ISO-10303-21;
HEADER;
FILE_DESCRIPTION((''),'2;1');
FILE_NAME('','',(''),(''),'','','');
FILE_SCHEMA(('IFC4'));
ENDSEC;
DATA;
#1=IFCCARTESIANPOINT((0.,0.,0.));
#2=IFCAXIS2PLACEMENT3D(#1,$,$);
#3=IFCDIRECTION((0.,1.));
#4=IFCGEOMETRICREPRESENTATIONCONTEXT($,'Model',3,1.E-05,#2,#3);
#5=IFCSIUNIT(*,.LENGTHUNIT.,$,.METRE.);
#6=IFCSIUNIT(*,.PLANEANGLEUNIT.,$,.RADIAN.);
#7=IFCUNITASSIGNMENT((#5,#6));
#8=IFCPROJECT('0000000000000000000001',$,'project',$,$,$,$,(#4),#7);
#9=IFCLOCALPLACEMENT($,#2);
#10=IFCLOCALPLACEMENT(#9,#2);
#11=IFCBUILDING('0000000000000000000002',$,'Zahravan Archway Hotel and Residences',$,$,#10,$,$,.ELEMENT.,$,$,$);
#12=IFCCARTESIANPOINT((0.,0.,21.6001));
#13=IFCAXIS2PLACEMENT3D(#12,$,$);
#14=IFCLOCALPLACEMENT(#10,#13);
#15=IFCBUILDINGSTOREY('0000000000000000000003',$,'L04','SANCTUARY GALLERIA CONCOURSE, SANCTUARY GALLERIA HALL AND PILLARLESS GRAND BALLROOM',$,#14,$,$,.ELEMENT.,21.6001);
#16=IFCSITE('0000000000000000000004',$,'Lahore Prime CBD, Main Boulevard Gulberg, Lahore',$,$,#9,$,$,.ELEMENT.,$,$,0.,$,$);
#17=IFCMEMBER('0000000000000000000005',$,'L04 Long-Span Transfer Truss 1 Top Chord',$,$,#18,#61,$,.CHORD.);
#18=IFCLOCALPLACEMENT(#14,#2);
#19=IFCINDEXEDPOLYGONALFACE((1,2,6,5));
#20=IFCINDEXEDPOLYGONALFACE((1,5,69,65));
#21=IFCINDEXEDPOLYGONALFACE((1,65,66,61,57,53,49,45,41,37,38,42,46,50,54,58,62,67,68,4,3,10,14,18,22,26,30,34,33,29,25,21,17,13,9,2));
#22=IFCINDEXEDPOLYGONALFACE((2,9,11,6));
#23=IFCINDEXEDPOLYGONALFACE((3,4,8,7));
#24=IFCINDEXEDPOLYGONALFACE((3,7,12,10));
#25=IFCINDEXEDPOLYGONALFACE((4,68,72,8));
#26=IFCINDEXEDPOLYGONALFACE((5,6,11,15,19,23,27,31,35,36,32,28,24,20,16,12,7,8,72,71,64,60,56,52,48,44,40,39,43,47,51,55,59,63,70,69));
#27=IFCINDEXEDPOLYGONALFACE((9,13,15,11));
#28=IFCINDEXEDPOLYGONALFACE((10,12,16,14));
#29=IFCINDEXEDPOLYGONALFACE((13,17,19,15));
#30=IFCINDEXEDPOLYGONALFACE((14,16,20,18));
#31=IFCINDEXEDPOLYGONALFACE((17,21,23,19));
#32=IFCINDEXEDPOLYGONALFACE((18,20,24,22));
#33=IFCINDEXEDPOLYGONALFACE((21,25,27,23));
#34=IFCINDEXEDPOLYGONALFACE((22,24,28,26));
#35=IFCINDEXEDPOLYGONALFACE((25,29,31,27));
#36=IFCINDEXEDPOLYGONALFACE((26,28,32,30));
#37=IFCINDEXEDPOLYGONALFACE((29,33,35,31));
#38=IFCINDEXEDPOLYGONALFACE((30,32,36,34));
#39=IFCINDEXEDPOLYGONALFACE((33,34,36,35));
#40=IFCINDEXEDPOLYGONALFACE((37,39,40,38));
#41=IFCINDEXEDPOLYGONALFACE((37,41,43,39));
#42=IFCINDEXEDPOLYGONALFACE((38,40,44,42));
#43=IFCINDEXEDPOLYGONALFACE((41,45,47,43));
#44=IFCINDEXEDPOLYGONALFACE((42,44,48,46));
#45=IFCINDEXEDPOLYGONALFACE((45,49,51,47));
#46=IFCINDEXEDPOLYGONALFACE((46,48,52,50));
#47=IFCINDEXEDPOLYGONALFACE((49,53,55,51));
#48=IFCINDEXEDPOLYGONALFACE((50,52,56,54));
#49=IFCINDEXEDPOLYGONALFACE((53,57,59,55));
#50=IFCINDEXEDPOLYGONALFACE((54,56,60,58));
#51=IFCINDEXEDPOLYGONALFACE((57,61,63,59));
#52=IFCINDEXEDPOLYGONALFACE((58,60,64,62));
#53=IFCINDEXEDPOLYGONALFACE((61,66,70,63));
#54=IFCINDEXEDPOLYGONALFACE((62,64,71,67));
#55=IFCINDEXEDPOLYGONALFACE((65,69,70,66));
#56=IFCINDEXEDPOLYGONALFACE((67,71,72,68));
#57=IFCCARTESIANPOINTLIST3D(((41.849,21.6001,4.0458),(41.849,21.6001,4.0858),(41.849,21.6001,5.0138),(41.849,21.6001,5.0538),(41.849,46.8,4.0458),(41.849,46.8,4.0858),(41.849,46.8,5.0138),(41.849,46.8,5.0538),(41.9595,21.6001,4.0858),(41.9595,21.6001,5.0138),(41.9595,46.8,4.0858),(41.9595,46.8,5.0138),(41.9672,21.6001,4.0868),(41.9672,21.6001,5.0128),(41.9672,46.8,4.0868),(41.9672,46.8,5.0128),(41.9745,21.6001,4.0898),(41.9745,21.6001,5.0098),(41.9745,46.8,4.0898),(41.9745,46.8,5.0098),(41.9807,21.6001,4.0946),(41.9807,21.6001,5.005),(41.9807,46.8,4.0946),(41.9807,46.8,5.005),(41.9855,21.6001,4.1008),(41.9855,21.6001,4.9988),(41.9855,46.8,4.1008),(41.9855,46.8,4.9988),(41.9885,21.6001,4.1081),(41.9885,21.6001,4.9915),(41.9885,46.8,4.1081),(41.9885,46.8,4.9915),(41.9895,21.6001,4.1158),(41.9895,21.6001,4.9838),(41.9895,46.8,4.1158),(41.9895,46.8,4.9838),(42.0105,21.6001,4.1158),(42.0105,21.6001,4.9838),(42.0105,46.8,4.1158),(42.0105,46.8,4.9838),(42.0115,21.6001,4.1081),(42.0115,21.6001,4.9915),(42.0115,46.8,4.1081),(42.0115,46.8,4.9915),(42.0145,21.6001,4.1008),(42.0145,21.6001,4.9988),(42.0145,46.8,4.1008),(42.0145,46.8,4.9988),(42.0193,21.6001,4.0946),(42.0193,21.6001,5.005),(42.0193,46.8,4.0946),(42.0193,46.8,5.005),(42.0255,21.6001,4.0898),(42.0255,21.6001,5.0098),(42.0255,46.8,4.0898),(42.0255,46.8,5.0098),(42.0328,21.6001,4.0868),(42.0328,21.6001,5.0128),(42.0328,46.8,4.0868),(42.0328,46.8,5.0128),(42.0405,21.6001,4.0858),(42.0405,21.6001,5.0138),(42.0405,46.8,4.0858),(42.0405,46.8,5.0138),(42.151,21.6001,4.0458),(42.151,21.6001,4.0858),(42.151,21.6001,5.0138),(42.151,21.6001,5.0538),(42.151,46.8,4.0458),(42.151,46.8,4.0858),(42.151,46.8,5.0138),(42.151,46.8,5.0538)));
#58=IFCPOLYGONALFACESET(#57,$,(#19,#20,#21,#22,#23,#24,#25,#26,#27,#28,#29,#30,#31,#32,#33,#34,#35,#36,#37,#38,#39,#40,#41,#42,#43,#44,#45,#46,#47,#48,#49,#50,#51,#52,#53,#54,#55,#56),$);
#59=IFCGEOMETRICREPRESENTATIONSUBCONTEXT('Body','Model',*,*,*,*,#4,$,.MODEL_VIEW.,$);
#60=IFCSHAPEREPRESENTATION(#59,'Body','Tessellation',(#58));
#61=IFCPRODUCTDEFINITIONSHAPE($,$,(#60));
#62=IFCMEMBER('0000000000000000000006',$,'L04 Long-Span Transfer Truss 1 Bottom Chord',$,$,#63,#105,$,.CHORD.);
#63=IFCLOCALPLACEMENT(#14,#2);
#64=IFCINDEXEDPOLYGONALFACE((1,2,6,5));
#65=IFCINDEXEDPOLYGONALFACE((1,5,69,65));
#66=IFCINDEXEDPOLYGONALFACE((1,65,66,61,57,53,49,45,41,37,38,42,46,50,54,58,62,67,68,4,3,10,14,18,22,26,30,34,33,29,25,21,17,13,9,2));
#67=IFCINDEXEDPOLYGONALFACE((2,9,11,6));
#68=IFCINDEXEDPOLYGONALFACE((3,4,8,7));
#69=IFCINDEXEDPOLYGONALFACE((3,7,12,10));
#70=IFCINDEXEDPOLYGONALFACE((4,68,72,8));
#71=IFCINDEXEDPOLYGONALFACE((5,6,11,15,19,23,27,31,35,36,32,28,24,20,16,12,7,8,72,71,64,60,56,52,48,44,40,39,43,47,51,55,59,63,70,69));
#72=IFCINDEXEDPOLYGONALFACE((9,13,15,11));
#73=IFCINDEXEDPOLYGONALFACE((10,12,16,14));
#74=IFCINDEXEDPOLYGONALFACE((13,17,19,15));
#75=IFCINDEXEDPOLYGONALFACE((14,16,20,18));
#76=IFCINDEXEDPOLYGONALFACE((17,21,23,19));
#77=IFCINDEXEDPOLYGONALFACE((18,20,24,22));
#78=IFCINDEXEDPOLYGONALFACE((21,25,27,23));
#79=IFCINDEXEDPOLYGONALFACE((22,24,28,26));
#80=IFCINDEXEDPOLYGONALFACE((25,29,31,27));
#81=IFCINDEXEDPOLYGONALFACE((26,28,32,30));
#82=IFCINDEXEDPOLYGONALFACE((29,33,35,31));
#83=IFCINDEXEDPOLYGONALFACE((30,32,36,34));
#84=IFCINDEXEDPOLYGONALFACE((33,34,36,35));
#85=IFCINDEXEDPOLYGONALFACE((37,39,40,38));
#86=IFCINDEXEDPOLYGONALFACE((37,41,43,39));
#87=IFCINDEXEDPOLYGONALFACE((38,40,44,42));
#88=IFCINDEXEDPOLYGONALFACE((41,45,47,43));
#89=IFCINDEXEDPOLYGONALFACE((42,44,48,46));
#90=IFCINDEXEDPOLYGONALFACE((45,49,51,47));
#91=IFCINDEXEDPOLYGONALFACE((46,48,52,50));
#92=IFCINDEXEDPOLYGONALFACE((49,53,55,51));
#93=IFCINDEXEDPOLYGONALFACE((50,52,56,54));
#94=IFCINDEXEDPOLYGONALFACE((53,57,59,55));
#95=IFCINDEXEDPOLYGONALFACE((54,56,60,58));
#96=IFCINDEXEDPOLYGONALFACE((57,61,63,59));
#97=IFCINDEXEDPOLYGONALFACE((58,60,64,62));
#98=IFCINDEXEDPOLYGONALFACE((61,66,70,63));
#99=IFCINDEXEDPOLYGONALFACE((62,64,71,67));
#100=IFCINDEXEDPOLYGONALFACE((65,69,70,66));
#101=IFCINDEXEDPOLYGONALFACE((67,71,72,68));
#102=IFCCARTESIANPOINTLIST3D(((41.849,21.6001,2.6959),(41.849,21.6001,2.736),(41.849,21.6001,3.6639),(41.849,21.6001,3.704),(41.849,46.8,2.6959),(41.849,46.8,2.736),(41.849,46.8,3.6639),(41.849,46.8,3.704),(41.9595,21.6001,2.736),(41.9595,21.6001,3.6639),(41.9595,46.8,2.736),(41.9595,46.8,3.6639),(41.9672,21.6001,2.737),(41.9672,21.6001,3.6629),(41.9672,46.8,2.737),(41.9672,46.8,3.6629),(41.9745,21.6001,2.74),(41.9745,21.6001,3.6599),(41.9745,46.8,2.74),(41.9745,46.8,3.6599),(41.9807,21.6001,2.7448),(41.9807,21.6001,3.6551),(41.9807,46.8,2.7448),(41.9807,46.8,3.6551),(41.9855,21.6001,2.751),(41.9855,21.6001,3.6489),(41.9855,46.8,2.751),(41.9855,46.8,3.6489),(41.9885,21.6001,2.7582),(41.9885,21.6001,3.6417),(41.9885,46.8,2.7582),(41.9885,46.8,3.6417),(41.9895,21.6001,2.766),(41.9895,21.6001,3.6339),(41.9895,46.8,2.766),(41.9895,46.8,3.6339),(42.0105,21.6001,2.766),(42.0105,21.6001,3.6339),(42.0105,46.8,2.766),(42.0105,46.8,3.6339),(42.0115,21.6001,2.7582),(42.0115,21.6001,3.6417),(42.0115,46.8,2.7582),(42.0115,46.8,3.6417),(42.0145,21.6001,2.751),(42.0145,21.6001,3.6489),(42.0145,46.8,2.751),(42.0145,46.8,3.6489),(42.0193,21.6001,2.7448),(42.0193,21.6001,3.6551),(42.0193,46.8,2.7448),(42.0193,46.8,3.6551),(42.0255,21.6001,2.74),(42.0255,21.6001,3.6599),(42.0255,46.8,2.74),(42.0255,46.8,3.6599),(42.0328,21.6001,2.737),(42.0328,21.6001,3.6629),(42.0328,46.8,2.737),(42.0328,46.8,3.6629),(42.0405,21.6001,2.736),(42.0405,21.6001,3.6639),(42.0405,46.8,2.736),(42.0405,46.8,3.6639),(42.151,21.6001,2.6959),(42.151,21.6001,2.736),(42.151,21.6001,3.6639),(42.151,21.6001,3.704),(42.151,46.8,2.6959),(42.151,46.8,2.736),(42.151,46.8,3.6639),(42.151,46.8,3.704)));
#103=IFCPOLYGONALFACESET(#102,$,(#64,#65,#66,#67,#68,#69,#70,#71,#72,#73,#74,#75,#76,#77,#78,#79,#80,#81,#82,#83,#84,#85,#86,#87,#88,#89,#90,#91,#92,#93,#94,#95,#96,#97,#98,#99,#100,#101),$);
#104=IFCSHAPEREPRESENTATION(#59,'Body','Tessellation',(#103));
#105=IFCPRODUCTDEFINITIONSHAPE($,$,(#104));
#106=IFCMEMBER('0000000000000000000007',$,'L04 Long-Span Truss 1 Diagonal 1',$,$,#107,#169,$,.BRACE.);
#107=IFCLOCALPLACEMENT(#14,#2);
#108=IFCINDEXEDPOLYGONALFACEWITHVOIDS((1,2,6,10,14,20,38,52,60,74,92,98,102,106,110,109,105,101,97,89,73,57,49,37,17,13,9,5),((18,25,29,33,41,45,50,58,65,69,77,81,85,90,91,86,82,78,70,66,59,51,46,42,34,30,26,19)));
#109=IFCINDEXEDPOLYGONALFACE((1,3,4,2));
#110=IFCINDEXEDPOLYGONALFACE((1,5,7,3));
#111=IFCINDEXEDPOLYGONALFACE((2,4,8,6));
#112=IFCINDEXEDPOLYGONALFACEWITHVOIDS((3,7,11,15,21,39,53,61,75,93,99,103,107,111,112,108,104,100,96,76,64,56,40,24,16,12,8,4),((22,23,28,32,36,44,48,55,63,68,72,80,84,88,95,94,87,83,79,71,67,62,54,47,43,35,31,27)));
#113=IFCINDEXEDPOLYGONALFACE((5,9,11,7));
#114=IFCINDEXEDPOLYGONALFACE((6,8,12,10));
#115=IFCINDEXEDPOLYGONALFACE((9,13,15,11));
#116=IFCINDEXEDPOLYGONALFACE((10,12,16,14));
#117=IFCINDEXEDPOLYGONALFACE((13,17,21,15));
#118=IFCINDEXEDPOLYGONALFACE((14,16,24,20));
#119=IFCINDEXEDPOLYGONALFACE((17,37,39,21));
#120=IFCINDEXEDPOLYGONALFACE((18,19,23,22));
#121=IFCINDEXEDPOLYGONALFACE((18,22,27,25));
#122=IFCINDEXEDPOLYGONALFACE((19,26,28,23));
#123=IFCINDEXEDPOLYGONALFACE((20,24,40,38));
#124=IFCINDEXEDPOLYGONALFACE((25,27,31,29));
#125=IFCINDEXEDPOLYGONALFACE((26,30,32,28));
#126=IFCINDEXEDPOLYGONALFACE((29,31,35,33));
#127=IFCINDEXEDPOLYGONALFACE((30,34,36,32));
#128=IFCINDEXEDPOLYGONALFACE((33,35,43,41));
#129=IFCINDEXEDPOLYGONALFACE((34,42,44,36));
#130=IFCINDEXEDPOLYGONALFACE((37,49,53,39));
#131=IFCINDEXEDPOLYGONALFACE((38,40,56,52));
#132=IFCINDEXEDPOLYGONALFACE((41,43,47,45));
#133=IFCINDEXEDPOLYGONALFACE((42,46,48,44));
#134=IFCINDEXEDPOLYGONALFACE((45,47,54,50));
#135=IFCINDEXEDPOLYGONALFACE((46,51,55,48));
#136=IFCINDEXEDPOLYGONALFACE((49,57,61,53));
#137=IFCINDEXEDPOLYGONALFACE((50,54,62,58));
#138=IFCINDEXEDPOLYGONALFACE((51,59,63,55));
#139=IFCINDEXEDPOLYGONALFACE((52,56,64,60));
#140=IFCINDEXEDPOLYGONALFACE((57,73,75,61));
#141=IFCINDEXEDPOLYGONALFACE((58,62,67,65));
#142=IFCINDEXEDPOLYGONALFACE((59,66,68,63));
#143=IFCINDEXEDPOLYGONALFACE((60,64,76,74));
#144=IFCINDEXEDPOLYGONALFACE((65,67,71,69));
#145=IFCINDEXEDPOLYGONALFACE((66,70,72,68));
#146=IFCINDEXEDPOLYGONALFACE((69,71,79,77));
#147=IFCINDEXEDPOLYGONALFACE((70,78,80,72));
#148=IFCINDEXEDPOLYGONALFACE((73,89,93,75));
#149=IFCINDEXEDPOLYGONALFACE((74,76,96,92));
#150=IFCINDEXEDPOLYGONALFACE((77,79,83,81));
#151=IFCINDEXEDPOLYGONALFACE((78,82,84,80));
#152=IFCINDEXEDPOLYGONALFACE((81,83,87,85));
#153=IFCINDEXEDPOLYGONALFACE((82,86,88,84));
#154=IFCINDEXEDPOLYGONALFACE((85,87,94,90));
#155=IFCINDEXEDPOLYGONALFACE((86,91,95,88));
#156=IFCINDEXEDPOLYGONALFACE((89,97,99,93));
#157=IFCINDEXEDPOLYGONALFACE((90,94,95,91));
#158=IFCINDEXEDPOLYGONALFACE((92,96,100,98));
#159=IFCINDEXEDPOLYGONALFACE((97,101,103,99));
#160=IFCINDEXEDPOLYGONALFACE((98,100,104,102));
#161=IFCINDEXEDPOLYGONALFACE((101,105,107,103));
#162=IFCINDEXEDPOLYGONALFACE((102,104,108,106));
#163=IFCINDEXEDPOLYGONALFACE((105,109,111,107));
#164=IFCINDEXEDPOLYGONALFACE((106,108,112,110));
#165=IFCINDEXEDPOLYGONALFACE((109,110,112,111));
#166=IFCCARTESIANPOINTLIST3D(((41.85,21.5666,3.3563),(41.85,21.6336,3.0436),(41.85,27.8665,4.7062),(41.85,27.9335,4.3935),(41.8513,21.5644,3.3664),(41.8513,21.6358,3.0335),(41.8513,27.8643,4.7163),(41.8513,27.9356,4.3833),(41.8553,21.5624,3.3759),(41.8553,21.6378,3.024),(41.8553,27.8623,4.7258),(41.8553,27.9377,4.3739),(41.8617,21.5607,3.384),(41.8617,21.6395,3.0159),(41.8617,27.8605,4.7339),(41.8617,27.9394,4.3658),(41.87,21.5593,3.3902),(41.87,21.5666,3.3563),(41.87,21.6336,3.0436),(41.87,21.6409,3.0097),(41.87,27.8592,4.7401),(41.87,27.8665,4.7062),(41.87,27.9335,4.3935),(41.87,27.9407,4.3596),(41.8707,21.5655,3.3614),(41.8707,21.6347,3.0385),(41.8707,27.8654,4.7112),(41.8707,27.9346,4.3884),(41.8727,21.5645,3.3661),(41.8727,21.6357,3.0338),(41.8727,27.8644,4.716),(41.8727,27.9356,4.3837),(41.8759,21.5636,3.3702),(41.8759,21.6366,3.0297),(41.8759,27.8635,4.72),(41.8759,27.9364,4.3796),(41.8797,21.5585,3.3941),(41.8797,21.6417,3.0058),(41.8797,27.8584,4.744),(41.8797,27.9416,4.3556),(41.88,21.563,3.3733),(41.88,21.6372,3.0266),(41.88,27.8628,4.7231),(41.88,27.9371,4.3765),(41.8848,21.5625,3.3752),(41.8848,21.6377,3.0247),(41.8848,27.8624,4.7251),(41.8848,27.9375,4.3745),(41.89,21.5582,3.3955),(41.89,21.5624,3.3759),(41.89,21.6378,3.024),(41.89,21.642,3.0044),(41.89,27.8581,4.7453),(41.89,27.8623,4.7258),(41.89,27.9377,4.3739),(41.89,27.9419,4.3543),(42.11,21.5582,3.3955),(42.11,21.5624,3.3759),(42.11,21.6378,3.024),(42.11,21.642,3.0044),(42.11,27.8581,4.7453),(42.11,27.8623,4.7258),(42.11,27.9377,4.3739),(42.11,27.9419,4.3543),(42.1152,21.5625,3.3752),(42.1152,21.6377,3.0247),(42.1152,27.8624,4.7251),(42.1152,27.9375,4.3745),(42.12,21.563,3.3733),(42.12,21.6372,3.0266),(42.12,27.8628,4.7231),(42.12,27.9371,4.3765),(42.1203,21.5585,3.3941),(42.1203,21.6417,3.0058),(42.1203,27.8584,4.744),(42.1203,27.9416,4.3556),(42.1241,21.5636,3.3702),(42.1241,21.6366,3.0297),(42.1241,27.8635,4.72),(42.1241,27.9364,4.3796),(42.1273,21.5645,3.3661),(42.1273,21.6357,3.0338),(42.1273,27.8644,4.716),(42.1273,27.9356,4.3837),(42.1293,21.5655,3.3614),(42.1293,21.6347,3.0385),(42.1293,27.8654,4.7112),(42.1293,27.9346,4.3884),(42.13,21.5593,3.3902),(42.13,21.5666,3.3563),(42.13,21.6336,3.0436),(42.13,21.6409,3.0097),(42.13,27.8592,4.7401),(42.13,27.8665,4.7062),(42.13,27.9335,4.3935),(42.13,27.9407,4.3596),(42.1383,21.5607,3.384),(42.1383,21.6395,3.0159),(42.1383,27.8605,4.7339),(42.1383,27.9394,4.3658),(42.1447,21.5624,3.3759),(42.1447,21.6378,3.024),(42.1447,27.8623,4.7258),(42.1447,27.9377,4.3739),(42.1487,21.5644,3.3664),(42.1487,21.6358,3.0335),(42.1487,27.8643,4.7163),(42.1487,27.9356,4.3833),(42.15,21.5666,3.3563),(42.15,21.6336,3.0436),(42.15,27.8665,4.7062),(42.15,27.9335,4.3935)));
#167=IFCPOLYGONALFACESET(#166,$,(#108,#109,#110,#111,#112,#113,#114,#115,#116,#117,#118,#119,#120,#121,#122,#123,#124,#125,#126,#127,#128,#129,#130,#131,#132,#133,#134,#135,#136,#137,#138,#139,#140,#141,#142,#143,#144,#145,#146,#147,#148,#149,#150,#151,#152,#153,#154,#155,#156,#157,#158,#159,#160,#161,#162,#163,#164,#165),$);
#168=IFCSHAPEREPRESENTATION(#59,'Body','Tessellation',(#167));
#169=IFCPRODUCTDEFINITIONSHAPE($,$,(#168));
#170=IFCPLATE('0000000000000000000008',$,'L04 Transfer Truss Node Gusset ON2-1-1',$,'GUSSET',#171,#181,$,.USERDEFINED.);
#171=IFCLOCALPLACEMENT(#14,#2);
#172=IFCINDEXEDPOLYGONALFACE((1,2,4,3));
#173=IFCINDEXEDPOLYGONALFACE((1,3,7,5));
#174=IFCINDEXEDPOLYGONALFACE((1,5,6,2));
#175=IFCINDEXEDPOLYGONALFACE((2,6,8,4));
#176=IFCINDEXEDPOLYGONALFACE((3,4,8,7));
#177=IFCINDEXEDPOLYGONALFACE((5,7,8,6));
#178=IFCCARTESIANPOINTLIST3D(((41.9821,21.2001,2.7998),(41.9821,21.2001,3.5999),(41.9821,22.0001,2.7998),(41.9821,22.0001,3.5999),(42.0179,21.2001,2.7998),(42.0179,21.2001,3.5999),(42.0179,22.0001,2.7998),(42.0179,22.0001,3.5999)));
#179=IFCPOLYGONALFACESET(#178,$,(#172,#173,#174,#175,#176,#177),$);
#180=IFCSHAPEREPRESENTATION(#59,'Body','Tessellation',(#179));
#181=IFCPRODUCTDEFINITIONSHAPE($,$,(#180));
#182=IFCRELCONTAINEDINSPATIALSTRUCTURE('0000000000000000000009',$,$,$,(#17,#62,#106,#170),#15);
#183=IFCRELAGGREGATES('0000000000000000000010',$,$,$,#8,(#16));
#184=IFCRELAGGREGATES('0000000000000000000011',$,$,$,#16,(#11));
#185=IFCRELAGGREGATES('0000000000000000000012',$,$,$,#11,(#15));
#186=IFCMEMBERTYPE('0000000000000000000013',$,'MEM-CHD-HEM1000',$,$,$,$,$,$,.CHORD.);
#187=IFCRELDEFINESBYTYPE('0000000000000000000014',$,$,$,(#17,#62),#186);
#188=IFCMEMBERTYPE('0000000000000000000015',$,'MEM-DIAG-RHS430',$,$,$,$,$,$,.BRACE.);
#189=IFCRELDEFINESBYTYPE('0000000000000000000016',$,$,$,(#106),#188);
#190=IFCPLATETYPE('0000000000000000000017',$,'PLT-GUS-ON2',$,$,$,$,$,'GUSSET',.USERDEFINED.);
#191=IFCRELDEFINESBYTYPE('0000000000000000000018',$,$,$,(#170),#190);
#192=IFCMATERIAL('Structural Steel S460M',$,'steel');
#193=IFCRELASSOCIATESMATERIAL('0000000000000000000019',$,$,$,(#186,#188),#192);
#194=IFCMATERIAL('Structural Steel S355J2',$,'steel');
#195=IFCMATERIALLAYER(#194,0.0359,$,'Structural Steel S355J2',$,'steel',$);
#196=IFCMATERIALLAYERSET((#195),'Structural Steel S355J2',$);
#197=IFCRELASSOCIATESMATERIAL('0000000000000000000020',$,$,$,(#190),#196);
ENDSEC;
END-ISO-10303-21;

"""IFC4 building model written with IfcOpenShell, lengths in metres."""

from ifc_helpers import new_model, si_unit, direction, frame, origin, origin_2d, place, context, subcontext, project, spatial, rectangle, hollow_rectangle, i_section, extrude, source, transform, mapped, material, layer, layer_set, material_profile, profile_set, type_object, type_shapes, element, save


model = new_model("IFC4")

# Units and contexts
model_context = context("Model", 3, precision=1e-05, world=origin(), true_north=direction((0.0, 1.0)))
body_context = subcontext(model_context, "Body", "Model", "MODEL_VIEW")
ifc_project = project(units=[si_unit("LENGTHUNIT", "METRE"), si_unit("PLANEANGLEUNIT", "RADIAN")], contexts=[model_context])

# Site, building, storey
site_placement = place(None, origin())
site = spatial("IfcSite", under=ifc_project, at=site_placement, Name="Lahore Prime CBD, Main Boulevard Gulberg, Lahore", CompositionType="ELEMENT", RefElevation=0.0)
building_placement = place(site_placement, origin())
building = spatial("IfcBuilding", under=site, at=building_placement, Name="Zahravan Archway Hotel and Residences", CompositionType="ELEMENT")
storey_placement = place(building_placement, frame((0.0, 0.0, 21.6001)))
storey = spatial("IfcBuildingStorey", under=building, at=storey_placement, Name="L04", Description="SANCTUARY GALLERIA CONCOURSE, SANCTUARY GALLERIA HALL AND PILLARLESS GRAND BALLROOM", CompositionType="ELEMENT", Elevation=21.6001)

# Shared definitions
ifc_material_1 = material(Name="Structural Steel S355J2", Category="steel")

# Members
ifc_material_2 = material(Name="Structural Steel S460M", Category="steel")
ifc_material_profile_1 = material_profile(ifc_material_2, i_section(OverallWidth=0.302, OverallDepth=1.0081, WebThickness=0.021, FlangeThickness=0.04, FilletRadius=0.03, at=origin_2d()), Name="HEM 1000", Category="steel")
ifc_profile_set_1 = profile_set([ifc_material_profile_1], Name="Structural Steel S460M")
member_type_1 = type_object("IfcMemberType", Name="MEM-CHD-HEM1000", PredefinedType="CHORD", material=ifc_profile_set_1)
shared_shape_1 = source(origin(), body_context, "Body", "SweptSolid", [
    extrude(i_section(OverallWidth=0.302, OverallDepth=1.0081, WebThickness=0.021, FlangeThickness=0.04, FilletRadius=0.03, at=origin_2d()), origin(), (0.0, 0.0, 1.0), 25.2),
])
type_shapes(member_type_1, [shared_shape_1])
for number, where, z_axis, x_axis, name in (
    (1, (42.0, 21.6001, 4.5498), (0.0, 1.0, 0.0), (-1.0, 0.0, 0.0), "L04 Long-Span Transfer Truss 1 Top Chord"),
    (2, (42.0, 21.6001, 3.2), (0.0, 1.0, 0.0), (-1.0, 0.0, 0.0), "L04 Long-Span Transfer Truss 1 Bottom Chord"),
):
    element("IfcMember", number, at=place(storey_placement, frame(where, z_axis=z_axis, x_axis=x_axis)), inside=storey, type_object=member_type_1, Name=name, PredefinedType="CHORD", context=body_context, shape_type="MappedRepresentation", body=[
        mapped(shared_shape_1, transform((0.0, 0.0, 0.0), scale=1.0)),
    ])
ifc_material_profile_2 = material_profile(ifc_material_2, hollow_rectangle(XDim=0.3, YDim=0.3999, WallThickness=0.02, InnerFilletRadius=0.02, OuterFilletRadius=0.04, at=origin_2d()), Name="RHS 400x300x20", Category="steel")
ifc_profile_set_2 = profile_set([ifc_material_profile_2], Name="Structural Steel S460M")
member_type_2 = type_object("IfcMemberType", Name="MEM-DIAG-RHS430", PredefinedType="BRACE", material=ifc_profile_set_2)
shared_shape_2 = source(origin(), body_context, "Body", "SweptSolid", [
    extrude(hollow_rectangle(XDim=0.3, YDim=0.3999, WallThickness=0.02, InnerFilletRadius=0.02, OuterFilletRadius=0.04, at=origin_2d()), origin(), (0.0, 0.0, 1.0), 6.4429),
])
type_shapes(member_type_2, [shared_shape_2])
member_placement = place(storey_placement, frame((42.0, 21.6001, 3.2), z_axis=(0.0, 0.977806, 0.209514), x_axis=(-1.0, 0.0, 0.0)))
element("IfcMember", 3, at=member_placement, inside=storey, type_object=member_type_2, Name="L04 Long-Span Truss 1 Diagonal 1", PredefinedType="BRACE", context=body_context, shape_type="MappedRepresentation", body=[
    mapped(shared_shape_2, transform((0.0, 0.0, 0.0), scale=1.0)),
])

# Plate
ifc_layer_1 = layer(ifc_material_1, 0.0359, Name="Structural Steel S355J2", Category="steel")
ifc_layer_set_1 = layer_set([ifc_layer_1], Name="Structural Steel S355J2")
plate_type = type_object("IfcPlateType", Name="PLT-GUS-ON2", ElementType="GUSSET", PredefinedType="USERDEFINED", material=ifc_layer_set_1)
shared_shape_3 = source(origin(), body_context, "Body", "SweptSolid", [
    extrude(rectangle(XDim=0.8, YDim=0.0359, at=origin_2d()), origin(), (0.0, 0.0, 1.0), 0.8),
])
type_shapes(plate_type, [shared_shape_3])
plate_placement = place(storey_placement, frame((42.0, 21.6001, 2.7998), z_axis=(0.0, 0.0, 1.0), x_axis=(0.0, 1.0, 0.0)))
element("IfcPlate", 4, at=plate_placement, inside=storey, type_object=plate_type, Name="L04 Transfer Truss Node Gusset ON2-1-1", ObjectType="GUSSET", PredefinedType="USERDEFINED", context=body_context, shape_type="MappedRepresentation", body=[
    mapped(shared_shape_3, transform((0.0, 0.0, 0.0), scale=1.0)),
])

save(model, "model.ifc")
